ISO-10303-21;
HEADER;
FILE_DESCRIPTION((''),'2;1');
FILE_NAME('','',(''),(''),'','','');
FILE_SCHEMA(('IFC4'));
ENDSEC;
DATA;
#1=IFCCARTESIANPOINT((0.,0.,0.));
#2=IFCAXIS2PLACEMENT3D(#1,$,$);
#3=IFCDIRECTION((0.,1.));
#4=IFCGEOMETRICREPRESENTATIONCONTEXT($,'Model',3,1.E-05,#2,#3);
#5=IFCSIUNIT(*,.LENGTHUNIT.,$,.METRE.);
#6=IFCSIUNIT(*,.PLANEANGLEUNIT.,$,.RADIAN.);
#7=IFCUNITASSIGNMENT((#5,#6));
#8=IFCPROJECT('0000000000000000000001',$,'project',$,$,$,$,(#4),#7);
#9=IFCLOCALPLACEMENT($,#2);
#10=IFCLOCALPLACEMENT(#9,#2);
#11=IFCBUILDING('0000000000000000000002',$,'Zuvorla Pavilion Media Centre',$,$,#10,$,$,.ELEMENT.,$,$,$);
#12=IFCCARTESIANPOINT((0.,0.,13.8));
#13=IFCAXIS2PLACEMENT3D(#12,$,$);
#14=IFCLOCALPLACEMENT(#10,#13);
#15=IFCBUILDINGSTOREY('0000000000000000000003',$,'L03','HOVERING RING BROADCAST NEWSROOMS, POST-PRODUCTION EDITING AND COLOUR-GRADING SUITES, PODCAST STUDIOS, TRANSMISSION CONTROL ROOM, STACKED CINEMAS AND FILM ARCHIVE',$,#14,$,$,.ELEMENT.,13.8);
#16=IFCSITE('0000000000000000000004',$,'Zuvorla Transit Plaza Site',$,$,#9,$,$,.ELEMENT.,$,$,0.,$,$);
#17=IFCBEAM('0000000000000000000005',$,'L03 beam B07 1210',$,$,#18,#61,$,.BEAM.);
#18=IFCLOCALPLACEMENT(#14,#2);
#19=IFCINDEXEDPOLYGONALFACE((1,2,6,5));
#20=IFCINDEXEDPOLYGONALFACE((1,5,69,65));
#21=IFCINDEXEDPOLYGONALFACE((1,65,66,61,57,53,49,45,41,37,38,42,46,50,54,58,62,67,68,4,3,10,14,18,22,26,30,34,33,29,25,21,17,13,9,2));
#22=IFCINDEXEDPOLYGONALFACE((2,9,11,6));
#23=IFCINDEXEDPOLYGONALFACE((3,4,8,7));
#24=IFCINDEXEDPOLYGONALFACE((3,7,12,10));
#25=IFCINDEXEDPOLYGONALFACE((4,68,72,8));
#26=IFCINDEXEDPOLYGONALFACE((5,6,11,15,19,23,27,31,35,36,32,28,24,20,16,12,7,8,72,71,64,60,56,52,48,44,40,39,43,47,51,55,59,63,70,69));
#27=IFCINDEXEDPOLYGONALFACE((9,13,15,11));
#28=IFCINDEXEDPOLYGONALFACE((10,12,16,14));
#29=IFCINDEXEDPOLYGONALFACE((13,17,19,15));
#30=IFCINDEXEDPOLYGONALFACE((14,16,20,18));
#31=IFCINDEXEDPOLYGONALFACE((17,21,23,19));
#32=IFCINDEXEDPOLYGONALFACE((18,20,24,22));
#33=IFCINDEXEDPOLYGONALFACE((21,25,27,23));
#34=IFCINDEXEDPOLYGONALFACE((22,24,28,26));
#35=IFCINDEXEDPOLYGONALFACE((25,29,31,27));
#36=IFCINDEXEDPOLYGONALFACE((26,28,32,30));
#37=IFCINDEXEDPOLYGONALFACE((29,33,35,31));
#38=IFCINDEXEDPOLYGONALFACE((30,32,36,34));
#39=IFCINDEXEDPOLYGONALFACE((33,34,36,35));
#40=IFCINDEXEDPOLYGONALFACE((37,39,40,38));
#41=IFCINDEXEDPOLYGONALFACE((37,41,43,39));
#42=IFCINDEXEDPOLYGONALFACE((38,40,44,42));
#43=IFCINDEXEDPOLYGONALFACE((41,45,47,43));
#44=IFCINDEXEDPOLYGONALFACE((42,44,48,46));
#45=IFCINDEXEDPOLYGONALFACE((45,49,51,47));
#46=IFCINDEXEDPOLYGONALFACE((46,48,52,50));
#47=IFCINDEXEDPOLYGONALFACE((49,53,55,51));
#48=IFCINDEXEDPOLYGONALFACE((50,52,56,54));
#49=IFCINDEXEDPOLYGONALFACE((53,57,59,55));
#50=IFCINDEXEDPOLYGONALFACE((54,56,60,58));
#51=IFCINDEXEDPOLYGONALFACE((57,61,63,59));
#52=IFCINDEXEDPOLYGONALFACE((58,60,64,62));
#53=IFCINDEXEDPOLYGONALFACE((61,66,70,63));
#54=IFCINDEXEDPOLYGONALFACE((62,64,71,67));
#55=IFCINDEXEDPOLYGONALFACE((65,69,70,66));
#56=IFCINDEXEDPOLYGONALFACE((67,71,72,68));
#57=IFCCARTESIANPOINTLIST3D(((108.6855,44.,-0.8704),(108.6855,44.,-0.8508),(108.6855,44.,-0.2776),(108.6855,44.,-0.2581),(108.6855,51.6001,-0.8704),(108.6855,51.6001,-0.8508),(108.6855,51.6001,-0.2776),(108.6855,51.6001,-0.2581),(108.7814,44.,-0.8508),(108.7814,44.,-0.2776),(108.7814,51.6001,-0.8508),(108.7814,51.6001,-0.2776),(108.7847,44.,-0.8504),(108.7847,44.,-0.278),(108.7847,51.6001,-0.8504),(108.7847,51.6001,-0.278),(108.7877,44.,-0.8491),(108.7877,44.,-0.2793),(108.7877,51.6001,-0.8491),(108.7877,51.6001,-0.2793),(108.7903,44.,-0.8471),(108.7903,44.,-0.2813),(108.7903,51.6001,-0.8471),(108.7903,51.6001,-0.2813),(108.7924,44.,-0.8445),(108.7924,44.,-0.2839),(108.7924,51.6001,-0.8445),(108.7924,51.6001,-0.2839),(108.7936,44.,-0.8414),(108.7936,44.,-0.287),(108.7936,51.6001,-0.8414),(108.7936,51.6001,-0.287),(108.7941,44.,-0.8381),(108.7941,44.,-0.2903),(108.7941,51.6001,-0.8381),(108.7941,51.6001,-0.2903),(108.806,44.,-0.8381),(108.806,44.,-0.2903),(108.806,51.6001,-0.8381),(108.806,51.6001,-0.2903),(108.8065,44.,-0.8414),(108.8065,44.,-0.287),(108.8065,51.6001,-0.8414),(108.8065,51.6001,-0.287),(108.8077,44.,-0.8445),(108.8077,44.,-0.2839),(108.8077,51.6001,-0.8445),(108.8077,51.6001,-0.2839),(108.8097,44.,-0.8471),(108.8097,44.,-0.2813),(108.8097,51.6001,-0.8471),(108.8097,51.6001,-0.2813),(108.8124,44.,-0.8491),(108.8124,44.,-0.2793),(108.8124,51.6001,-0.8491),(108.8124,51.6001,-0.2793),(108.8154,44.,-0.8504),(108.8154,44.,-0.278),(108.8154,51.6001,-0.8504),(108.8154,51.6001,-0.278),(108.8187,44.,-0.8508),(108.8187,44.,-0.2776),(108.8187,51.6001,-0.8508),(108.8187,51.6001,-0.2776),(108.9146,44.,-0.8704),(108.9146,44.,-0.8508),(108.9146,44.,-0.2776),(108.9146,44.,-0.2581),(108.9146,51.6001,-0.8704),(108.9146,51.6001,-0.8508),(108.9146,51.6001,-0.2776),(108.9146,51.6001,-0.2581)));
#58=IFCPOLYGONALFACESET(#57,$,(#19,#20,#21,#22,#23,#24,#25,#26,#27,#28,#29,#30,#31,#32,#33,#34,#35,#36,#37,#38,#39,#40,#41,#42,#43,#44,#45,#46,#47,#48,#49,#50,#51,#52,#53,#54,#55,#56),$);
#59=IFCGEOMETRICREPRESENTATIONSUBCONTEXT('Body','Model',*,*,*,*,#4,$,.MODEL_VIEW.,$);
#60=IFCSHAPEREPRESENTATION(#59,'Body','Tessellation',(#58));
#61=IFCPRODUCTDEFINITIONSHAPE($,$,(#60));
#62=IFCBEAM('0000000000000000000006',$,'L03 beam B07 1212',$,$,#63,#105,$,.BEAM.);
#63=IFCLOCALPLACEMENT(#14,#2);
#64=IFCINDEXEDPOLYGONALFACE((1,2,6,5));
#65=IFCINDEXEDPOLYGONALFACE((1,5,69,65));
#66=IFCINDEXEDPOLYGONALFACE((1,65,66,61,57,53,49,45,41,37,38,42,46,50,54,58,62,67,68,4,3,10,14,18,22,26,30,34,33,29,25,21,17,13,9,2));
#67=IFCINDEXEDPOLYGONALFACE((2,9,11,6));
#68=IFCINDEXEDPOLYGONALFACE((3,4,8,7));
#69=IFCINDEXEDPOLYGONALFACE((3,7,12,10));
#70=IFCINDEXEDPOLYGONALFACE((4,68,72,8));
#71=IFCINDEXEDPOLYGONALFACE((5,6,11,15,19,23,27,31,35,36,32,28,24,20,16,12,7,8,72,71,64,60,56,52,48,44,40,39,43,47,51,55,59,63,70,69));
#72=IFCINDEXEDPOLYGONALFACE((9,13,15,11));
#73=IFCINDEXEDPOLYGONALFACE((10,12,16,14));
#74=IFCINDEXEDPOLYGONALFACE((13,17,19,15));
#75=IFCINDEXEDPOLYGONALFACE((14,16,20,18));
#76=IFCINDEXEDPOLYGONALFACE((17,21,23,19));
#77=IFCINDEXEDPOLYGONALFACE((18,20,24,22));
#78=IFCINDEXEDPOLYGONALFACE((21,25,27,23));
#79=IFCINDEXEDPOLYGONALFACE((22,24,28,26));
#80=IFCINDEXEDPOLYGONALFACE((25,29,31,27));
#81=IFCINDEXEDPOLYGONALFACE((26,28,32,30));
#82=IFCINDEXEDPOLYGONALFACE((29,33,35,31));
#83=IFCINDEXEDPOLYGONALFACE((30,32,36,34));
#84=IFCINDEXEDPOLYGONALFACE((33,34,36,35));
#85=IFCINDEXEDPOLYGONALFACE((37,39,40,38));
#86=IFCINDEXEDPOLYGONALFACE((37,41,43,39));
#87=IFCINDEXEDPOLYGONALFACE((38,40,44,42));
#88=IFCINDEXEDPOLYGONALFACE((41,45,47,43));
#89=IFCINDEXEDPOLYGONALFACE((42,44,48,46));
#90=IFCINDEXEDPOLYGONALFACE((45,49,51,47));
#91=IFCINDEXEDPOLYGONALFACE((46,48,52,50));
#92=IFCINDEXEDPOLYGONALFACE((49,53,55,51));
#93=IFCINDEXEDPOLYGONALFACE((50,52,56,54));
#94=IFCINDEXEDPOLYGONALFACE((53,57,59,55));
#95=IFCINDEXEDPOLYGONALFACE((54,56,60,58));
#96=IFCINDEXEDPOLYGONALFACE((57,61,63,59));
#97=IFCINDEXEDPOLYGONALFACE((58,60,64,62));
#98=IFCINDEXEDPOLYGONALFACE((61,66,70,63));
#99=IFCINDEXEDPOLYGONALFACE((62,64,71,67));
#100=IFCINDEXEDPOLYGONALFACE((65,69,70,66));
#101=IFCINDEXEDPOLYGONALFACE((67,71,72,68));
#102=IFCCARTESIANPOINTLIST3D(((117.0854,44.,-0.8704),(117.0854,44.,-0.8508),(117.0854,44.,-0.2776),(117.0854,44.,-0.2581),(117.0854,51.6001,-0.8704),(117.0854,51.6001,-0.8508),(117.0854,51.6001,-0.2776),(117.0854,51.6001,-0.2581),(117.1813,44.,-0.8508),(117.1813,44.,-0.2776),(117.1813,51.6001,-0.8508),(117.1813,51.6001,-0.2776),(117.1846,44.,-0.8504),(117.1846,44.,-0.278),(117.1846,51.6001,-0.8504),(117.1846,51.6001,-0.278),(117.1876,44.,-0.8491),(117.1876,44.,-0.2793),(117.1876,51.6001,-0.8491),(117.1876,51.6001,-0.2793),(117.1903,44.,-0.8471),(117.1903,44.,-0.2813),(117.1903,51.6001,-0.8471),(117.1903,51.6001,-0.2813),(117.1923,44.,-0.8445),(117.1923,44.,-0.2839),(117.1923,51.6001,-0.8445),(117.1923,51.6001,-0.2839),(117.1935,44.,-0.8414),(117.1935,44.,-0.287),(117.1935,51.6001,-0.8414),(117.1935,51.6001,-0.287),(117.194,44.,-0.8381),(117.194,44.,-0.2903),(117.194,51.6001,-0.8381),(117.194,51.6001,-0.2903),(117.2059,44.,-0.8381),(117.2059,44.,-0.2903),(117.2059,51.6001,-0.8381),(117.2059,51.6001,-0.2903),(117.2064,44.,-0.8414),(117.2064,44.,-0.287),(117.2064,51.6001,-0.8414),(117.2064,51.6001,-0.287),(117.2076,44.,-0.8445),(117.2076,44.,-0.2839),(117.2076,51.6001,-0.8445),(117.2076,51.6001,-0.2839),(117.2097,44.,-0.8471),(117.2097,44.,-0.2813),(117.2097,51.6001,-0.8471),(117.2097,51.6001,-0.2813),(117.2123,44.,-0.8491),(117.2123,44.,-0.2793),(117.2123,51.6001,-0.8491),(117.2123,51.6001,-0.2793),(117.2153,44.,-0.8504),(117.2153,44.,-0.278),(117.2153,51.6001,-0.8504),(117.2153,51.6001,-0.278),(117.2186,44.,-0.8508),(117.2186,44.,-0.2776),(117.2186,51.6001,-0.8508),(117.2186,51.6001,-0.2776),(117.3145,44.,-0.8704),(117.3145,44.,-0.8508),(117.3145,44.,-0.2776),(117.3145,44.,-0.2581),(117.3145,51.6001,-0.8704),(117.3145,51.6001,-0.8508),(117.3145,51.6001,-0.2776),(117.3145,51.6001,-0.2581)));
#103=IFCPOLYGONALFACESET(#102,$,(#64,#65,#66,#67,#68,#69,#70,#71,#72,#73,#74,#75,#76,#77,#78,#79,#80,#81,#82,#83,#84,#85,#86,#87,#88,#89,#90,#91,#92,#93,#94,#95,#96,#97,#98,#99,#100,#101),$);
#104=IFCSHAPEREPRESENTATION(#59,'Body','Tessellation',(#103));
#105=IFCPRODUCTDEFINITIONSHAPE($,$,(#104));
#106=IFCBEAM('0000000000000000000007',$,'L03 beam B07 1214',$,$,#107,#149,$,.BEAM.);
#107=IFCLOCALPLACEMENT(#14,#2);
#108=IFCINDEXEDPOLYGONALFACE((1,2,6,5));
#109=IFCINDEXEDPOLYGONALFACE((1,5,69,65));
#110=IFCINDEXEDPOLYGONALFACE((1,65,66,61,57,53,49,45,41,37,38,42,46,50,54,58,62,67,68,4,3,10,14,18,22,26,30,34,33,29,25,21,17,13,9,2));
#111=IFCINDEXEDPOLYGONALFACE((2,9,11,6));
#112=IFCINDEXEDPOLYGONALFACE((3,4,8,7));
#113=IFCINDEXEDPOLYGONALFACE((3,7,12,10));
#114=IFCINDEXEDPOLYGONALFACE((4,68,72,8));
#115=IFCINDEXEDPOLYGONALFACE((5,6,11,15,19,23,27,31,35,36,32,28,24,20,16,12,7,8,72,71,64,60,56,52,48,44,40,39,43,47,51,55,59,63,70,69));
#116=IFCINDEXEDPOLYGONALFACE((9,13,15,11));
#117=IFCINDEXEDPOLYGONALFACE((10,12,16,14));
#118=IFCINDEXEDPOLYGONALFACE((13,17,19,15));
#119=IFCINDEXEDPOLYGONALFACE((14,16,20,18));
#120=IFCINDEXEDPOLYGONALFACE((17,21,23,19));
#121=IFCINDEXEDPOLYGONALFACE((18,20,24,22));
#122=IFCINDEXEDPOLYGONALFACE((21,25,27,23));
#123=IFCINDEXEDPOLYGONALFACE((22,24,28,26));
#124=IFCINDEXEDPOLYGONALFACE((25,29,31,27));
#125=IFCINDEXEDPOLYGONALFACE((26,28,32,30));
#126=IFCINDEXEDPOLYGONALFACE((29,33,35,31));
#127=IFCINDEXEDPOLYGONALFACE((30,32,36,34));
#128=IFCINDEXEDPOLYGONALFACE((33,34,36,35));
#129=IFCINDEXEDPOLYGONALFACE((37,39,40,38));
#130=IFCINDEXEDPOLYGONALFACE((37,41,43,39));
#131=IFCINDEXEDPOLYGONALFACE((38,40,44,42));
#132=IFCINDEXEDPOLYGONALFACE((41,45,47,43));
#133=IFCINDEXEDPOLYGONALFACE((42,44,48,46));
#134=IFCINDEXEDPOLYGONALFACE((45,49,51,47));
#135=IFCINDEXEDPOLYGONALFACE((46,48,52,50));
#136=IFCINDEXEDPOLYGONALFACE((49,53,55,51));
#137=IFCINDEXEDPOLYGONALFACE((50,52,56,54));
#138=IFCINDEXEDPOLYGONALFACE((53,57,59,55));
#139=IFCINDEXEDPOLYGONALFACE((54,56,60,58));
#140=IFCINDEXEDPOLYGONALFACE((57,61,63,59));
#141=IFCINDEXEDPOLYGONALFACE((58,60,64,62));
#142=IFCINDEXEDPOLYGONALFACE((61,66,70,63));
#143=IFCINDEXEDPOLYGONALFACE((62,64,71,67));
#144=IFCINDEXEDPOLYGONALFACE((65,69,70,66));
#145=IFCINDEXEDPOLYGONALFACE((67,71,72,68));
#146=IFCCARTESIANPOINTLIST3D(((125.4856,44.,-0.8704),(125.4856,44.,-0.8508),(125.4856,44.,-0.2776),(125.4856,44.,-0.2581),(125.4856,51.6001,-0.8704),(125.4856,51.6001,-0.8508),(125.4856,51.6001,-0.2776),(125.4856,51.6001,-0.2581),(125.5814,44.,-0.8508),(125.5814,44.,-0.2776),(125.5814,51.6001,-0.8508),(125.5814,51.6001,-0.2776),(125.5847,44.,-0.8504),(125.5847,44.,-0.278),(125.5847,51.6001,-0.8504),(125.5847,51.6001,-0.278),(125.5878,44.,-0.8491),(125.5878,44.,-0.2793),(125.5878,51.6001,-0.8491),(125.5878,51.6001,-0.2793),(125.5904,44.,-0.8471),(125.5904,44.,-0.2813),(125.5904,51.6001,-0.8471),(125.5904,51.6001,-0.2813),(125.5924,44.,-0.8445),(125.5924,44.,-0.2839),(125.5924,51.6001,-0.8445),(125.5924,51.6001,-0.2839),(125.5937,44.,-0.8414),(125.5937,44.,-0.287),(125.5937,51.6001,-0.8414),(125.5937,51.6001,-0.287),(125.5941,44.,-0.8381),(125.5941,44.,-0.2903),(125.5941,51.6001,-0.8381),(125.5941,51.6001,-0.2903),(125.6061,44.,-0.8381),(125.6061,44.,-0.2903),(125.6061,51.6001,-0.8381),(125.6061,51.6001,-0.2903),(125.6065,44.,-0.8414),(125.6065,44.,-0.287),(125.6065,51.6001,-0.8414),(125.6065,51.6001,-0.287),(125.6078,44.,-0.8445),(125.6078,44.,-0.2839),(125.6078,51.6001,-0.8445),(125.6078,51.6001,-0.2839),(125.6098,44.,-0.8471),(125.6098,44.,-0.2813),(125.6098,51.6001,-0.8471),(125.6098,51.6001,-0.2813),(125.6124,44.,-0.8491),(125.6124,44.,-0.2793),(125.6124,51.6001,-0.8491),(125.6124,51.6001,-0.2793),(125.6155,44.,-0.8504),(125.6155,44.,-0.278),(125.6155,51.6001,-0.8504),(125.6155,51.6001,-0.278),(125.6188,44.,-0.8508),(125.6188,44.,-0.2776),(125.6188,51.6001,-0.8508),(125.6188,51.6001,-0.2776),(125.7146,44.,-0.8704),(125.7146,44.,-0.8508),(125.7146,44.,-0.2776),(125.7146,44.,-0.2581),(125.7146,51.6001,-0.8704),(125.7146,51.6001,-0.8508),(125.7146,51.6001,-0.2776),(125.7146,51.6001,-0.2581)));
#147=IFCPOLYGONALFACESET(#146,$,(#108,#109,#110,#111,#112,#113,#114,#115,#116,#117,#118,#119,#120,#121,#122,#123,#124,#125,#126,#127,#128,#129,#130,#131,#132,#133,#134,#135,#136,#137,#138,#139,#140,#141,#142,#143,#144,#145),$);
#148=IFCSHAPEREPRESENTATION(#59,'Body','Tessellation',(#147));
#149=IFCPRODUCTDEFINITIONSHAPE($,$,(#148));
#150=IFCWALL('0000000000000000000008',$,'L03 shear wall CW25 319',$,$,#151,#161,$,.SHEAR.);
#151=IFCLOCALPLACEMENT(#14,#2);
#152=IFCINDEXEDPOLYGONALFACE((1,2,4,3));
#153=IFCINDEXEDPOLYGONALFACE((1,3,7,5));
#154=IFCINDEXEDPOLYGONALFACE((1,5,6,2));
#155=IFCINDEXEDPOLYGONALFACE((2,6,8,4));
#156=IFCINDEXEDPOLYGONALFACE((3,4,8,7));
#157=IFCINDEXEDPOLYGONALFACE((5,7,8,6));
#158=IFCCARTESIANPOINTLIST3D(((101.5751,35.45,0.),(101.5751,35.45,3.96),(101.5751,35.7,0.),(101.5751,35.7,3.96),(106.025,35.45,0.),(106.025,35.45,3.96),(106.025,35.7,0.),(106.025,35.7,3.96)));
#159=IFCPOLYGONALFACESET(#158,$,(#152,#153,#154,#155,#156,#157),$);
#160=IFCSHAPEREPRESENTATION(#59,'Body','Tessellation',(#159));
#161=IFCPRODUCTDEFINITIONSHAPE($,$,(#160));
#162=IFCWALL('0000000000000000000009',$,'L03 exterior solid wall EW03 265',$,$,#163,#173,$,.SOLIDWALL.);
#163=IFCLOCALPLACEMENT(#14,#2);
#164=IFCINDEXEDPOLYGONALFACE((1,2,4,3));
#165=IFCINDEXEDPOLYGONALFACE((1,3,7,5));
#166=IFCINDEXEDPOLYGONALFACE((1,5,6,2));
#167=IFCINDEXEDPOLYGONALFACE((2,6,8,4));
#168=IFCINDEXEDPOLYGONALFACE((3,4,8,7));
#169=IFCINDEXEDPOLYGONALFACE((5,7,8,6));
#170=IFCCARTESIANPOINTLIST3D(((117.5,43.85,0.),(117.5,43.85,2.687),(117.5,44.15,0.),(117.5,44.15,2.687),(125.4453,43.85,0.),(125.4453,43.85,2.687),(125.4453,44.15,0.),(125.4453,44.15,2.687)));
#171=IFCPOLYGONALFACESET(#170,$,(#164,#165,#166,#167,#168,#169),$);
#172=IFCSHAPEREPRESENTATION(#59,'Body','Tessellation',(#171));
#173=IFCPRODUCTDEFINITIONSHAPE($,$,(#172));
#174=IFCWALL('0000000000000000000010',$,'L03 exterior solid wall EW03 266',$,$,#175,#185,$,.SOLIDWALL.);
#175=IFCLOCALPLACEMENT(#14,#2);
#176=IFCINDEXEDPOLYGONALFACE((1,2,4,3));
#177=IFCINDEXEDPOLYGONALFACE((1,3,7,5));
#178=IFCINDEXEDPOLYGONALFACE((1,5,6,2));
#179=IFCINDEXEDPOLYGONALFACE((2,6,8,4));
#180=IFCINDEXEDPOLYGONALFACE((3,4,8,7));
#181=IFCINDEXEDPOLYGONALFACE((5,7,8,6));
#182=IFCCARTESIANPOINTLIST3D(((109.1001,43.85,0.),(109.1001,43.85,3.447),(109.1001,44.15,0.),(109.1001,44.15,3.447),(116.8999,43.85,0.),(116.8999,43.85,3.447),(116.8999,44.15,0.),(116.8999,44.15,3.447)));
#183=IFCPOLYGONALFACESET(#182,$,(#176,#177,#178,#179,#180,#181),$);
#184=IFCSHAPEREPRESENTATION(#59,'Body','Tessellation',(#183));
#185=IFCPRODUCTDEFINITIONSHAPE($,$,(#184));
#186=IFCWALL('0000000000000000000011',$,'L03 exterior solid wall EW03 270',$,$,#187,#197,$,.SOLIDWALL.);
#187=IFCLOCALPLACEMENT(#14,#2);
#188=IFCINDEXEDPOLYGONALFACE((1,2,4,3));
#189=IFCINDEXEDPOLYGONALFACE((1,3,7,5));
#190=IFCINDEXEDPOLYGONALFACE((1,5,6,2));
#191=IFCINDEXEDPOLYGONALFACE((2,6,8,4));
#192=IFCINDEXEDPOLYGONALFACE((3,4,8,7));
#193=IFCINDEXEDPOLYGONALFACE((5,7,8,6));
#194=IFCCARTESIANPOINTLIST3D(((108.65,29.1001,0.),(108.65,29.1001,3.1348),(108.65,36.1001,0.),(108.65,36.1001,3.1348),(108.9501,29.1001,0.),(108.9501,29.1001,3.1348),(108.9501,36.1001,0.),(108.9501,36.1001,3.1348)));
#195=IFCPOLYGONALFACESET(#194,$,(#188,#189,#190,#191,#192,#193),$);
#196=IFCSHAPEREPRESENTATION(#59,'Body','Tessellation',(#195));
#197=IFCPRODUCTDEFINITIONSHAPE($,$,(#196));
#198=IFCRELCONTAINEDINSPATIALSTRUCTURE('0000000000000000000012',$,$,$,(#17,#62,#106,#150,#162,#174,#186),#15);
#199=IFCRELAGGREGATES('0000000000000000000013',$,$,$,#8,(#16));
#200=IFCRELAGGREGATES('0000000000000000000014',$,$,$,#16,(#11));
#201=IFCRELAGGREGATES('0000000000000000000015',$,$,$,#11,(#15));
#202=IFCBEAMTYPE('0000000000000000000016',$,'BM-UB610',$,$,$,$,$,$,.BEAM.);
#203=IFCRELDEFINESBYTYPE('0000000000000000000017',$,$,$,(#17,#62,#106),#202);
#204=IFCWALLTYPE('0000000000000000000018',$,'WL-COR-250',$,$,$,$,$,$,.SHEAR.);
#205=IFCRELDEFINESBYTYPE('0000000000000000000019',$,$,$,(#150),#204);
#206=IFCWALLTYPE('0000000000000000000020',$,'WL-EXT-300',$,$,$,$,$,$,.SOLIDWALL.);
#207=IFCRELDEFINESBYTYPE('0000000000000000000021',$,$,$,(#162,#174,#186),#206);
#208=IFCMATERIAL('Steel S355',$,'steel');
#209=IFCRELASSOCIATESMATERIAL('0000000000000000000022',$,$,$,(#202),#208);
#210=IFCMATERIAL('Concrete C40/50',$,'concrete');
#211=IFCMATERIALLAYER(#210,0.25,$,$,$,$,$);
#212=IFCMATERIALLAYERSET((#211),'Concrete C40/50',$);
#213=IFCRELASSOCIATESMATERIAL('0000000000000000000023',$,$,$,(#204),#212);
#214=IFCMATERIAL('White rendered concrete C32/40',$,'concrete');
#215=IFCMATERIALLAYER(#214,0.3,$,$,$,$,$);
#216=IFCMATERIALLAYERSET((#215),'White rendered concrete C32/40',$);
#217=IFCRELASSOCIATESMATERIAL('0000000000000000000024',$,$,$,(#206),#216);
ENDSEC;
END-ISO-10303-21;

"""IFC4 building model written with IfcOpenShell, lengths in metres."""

from ifc_helpers import new_model, si_unit, direction, frame, frame_2d, origin, origin_2d, place, context, subcontext, project, spatial, rectangle, i_section, extrude, material, layer, layer_set, material_profile, profile_set, type_object, element, save


model = new_model("IFC4")

# Units and contexts
model_context = context("Model", 3, precision=1e-05, world=origin(), true_north=direction((0.0, 1.0)))
body_context = subcontext(model_context, "Body", "Model", "MODEL_VIEW")
ifc_project = project(units=[si_unit("LENGTHUNIT", "METRE"), si_unit("PLANEANGLEUNIT", "RADIAN")], contexts=[model_context])

# Site, building, storey
site_placement = place(None, origin())
site = spatial("IfcSite", under=ifc_project, at=site_placement, Name="Zuvorla Transit Plaza Site", CompositionType="ELEMENT", RefElevation=0.0)
building_placement = place(site_placement, origin())
building = spatial("IfcBuilding", under=site, at=building_placement, Name="Zuvorla Pavilion Media Centre", CompositionType="ELEMENT")
storey_placement = place(building_placement, frame((0.0, 0.0, 13.8)))
storey = spatial("IfcBuildingStorey", under=building, at=storey_placement, Name="L03", Description="HOVERING RING BROADCAST NEWSROOMS, POST-PRODUCTION EDITING AND COLOUR-GRADING SUITES, PODCAST STUDIOS, TRANSMISSION CONTROL ROOM, STACKED CINEMAS AND FILM ARCHIVE", CompositionType="ELEMENT", Elevation=13.8)

# Shared definitions
ifc_material_1 = material(Name="Concrete C40/50", Category="concrete")
ifc_material_2 = material(Name="Steel S355", Category="steel")

# Beams
ifc_material_profile_1 = material_profile(ifc_material_2, i_section(OverallWidth=0.229, OverallDepth=0.6123, WebThickness=0.012, FlangeThickness=0.0195, FilletRadius=0.0127, at=origin_2d()), Name="UB 610x229x125")
ifc_profile_set_1 = profile_set([ifc_material_profile_1], Name="Steel S355")
beam_type_1 = type_object("IfcBeamType", Name="BM-UB610", PredefinedType="BEAM", material=ifc_profile_set_1)
for number, where, z_axis, x_axis, name in (
    (1, (108.8, 44.0, -0.5642), (0.0, 1.0, 0.0), (-1.0, 0.0, 0.0), "L03 beam B07 1210"),
    (2, (117.2, 44.0, -0.5642), (0.0, 1.0, 0.0), (-1.0, 0.0, 0.0), "L03 beam B07 1212"),
    (3, (125.6001, 44.0, -0.5642), (0.0, 1.0, 0.0), (-1.0, 0.0, 0.0), "L03 beam B07 1214"),
):
    element("IfcBeam", number, at=place(storey_placement, frame(where, z_axis=z_axis, x_axis=x_axis)), inside=storey, type_object=beam_type_1, Name=name, PredefinedType="BEAM", context=body_context, shape_type="SweptSolid", body=[
        extrude(i_section(OverallWidth=0.229, OverallDepth=0.6123, WebThickness=0.012, FlangeThickness=0.0195, FilletRadius=0.0127, at=origin_2d()), origin(), (0.0, 0.0, 1.0), 7.6001),
    ])

# Walls
ifc_layer_1 = layer(ifc_material_1, 0.25)
ifc_layer_set_1 = layer_set([ifc_layer_1], Name="Concrete C40/50")
wall_type_1 = type_object("IfcWallType", Name="WL-COR-250", PredefinedType="SHEAR", material=ifc_layer_set_1)
wall_1_placement = place(storey_placement, frame((101.575, 35.575, 0.0), z_axis=(0.0, 0.0, 1.0), x_axis=(1.0, 0.0, 0.0)))
element("IfcWall", 4, at=wall_1_placement, inside=storey, type_object=wall_type_1, Name="L03 shear wall CW25 319", PredefinedType="SHEAR", context=body_context, shape_type="SweptSolid", body=[
    extrude(rectangle(XDim=4.45, YDim=0.25, at=frame_2d((2.2251, 0.0))), origin(), (0.0, 0.0, 1.0), 3.96),
])
ifc_material_3 = material(Name="White rendered concrete C32/40", Category="concrete")
ifc_layer_2 = layer(ifc_material_3, 0.3)
ifc_layer_set_2 = layer_set([ifc_layer_2], Name="White rendered concrete C32/40")
wall_type_2 = type_object("IfcWallType", Name="WL-EXT-300", PredefinedType="SOLIDWALL", material=ifc_layer_set_2)
wall_2_placement = place(storey_placement, frame((125.4453, 44.0, 0.0), z_axis=(0.0, 0.0, 1.0), x_axis=(-1.0, 0.0, 0.0)))
element("IfcWall", 5, at=wall_2_placement, inside=storey, type_object=wall_type_2, Name="L03 exterior solid wall EW03 265", PredefinedType="SOLIDWALL", context=body_context, shape_type="SweptSolid", body=[
    extrude(rectangle(XDim=7.9453, YDim=0.3, at=frame_2d((3.9727, 0.0))), origin(), (0.0, 0.0, 1.0), 2.687),
])
wall_3_placement = place(storey_placement, frame((116.8999, 44.0, 0.0), z_axis=(0.0, 0.0, 1.0), x_axis=(-1.0, 0.0, 0.0)))
element("IfcWall", 6, at=wall_3_placement, inside=storey, type_object=wall_type_2, Name="L03 exterior solid wall EW03 266", PredefinedType="SOLIDWALL", context=body_context, shape_type="SweptSolid", body=[
    extrude(rectangle(XDim=7.7998, YDim=0.3, at=frame_2d((3.8999, 0.0))), origin(), (0.0, 0.0, 1.0), 3.447),
])
wall_4_placement = place(storey_placement, frame((108.8, 29.1001, 0.0), z_axis=(0.0, 0.0, 1.0), x_axis=(0.0, 1.0, 0.0)))
element("IfcWall", 7, at=wall_4_placement, inside=storey, type_object=wall_type_2, Name="L03 exterior solid wall EW03 270", PredefinedType="SOLIDWALL", context=body_context, shape_type="SweptSolid", body=[
    extrude(rectangle(XDim=7.0, YDim=0.3, at=frame_2d((3.5, 0.0))), origin(), (0.0, 0.0, 1.0), 3.1348),
])

save(model, "model.ifc")
